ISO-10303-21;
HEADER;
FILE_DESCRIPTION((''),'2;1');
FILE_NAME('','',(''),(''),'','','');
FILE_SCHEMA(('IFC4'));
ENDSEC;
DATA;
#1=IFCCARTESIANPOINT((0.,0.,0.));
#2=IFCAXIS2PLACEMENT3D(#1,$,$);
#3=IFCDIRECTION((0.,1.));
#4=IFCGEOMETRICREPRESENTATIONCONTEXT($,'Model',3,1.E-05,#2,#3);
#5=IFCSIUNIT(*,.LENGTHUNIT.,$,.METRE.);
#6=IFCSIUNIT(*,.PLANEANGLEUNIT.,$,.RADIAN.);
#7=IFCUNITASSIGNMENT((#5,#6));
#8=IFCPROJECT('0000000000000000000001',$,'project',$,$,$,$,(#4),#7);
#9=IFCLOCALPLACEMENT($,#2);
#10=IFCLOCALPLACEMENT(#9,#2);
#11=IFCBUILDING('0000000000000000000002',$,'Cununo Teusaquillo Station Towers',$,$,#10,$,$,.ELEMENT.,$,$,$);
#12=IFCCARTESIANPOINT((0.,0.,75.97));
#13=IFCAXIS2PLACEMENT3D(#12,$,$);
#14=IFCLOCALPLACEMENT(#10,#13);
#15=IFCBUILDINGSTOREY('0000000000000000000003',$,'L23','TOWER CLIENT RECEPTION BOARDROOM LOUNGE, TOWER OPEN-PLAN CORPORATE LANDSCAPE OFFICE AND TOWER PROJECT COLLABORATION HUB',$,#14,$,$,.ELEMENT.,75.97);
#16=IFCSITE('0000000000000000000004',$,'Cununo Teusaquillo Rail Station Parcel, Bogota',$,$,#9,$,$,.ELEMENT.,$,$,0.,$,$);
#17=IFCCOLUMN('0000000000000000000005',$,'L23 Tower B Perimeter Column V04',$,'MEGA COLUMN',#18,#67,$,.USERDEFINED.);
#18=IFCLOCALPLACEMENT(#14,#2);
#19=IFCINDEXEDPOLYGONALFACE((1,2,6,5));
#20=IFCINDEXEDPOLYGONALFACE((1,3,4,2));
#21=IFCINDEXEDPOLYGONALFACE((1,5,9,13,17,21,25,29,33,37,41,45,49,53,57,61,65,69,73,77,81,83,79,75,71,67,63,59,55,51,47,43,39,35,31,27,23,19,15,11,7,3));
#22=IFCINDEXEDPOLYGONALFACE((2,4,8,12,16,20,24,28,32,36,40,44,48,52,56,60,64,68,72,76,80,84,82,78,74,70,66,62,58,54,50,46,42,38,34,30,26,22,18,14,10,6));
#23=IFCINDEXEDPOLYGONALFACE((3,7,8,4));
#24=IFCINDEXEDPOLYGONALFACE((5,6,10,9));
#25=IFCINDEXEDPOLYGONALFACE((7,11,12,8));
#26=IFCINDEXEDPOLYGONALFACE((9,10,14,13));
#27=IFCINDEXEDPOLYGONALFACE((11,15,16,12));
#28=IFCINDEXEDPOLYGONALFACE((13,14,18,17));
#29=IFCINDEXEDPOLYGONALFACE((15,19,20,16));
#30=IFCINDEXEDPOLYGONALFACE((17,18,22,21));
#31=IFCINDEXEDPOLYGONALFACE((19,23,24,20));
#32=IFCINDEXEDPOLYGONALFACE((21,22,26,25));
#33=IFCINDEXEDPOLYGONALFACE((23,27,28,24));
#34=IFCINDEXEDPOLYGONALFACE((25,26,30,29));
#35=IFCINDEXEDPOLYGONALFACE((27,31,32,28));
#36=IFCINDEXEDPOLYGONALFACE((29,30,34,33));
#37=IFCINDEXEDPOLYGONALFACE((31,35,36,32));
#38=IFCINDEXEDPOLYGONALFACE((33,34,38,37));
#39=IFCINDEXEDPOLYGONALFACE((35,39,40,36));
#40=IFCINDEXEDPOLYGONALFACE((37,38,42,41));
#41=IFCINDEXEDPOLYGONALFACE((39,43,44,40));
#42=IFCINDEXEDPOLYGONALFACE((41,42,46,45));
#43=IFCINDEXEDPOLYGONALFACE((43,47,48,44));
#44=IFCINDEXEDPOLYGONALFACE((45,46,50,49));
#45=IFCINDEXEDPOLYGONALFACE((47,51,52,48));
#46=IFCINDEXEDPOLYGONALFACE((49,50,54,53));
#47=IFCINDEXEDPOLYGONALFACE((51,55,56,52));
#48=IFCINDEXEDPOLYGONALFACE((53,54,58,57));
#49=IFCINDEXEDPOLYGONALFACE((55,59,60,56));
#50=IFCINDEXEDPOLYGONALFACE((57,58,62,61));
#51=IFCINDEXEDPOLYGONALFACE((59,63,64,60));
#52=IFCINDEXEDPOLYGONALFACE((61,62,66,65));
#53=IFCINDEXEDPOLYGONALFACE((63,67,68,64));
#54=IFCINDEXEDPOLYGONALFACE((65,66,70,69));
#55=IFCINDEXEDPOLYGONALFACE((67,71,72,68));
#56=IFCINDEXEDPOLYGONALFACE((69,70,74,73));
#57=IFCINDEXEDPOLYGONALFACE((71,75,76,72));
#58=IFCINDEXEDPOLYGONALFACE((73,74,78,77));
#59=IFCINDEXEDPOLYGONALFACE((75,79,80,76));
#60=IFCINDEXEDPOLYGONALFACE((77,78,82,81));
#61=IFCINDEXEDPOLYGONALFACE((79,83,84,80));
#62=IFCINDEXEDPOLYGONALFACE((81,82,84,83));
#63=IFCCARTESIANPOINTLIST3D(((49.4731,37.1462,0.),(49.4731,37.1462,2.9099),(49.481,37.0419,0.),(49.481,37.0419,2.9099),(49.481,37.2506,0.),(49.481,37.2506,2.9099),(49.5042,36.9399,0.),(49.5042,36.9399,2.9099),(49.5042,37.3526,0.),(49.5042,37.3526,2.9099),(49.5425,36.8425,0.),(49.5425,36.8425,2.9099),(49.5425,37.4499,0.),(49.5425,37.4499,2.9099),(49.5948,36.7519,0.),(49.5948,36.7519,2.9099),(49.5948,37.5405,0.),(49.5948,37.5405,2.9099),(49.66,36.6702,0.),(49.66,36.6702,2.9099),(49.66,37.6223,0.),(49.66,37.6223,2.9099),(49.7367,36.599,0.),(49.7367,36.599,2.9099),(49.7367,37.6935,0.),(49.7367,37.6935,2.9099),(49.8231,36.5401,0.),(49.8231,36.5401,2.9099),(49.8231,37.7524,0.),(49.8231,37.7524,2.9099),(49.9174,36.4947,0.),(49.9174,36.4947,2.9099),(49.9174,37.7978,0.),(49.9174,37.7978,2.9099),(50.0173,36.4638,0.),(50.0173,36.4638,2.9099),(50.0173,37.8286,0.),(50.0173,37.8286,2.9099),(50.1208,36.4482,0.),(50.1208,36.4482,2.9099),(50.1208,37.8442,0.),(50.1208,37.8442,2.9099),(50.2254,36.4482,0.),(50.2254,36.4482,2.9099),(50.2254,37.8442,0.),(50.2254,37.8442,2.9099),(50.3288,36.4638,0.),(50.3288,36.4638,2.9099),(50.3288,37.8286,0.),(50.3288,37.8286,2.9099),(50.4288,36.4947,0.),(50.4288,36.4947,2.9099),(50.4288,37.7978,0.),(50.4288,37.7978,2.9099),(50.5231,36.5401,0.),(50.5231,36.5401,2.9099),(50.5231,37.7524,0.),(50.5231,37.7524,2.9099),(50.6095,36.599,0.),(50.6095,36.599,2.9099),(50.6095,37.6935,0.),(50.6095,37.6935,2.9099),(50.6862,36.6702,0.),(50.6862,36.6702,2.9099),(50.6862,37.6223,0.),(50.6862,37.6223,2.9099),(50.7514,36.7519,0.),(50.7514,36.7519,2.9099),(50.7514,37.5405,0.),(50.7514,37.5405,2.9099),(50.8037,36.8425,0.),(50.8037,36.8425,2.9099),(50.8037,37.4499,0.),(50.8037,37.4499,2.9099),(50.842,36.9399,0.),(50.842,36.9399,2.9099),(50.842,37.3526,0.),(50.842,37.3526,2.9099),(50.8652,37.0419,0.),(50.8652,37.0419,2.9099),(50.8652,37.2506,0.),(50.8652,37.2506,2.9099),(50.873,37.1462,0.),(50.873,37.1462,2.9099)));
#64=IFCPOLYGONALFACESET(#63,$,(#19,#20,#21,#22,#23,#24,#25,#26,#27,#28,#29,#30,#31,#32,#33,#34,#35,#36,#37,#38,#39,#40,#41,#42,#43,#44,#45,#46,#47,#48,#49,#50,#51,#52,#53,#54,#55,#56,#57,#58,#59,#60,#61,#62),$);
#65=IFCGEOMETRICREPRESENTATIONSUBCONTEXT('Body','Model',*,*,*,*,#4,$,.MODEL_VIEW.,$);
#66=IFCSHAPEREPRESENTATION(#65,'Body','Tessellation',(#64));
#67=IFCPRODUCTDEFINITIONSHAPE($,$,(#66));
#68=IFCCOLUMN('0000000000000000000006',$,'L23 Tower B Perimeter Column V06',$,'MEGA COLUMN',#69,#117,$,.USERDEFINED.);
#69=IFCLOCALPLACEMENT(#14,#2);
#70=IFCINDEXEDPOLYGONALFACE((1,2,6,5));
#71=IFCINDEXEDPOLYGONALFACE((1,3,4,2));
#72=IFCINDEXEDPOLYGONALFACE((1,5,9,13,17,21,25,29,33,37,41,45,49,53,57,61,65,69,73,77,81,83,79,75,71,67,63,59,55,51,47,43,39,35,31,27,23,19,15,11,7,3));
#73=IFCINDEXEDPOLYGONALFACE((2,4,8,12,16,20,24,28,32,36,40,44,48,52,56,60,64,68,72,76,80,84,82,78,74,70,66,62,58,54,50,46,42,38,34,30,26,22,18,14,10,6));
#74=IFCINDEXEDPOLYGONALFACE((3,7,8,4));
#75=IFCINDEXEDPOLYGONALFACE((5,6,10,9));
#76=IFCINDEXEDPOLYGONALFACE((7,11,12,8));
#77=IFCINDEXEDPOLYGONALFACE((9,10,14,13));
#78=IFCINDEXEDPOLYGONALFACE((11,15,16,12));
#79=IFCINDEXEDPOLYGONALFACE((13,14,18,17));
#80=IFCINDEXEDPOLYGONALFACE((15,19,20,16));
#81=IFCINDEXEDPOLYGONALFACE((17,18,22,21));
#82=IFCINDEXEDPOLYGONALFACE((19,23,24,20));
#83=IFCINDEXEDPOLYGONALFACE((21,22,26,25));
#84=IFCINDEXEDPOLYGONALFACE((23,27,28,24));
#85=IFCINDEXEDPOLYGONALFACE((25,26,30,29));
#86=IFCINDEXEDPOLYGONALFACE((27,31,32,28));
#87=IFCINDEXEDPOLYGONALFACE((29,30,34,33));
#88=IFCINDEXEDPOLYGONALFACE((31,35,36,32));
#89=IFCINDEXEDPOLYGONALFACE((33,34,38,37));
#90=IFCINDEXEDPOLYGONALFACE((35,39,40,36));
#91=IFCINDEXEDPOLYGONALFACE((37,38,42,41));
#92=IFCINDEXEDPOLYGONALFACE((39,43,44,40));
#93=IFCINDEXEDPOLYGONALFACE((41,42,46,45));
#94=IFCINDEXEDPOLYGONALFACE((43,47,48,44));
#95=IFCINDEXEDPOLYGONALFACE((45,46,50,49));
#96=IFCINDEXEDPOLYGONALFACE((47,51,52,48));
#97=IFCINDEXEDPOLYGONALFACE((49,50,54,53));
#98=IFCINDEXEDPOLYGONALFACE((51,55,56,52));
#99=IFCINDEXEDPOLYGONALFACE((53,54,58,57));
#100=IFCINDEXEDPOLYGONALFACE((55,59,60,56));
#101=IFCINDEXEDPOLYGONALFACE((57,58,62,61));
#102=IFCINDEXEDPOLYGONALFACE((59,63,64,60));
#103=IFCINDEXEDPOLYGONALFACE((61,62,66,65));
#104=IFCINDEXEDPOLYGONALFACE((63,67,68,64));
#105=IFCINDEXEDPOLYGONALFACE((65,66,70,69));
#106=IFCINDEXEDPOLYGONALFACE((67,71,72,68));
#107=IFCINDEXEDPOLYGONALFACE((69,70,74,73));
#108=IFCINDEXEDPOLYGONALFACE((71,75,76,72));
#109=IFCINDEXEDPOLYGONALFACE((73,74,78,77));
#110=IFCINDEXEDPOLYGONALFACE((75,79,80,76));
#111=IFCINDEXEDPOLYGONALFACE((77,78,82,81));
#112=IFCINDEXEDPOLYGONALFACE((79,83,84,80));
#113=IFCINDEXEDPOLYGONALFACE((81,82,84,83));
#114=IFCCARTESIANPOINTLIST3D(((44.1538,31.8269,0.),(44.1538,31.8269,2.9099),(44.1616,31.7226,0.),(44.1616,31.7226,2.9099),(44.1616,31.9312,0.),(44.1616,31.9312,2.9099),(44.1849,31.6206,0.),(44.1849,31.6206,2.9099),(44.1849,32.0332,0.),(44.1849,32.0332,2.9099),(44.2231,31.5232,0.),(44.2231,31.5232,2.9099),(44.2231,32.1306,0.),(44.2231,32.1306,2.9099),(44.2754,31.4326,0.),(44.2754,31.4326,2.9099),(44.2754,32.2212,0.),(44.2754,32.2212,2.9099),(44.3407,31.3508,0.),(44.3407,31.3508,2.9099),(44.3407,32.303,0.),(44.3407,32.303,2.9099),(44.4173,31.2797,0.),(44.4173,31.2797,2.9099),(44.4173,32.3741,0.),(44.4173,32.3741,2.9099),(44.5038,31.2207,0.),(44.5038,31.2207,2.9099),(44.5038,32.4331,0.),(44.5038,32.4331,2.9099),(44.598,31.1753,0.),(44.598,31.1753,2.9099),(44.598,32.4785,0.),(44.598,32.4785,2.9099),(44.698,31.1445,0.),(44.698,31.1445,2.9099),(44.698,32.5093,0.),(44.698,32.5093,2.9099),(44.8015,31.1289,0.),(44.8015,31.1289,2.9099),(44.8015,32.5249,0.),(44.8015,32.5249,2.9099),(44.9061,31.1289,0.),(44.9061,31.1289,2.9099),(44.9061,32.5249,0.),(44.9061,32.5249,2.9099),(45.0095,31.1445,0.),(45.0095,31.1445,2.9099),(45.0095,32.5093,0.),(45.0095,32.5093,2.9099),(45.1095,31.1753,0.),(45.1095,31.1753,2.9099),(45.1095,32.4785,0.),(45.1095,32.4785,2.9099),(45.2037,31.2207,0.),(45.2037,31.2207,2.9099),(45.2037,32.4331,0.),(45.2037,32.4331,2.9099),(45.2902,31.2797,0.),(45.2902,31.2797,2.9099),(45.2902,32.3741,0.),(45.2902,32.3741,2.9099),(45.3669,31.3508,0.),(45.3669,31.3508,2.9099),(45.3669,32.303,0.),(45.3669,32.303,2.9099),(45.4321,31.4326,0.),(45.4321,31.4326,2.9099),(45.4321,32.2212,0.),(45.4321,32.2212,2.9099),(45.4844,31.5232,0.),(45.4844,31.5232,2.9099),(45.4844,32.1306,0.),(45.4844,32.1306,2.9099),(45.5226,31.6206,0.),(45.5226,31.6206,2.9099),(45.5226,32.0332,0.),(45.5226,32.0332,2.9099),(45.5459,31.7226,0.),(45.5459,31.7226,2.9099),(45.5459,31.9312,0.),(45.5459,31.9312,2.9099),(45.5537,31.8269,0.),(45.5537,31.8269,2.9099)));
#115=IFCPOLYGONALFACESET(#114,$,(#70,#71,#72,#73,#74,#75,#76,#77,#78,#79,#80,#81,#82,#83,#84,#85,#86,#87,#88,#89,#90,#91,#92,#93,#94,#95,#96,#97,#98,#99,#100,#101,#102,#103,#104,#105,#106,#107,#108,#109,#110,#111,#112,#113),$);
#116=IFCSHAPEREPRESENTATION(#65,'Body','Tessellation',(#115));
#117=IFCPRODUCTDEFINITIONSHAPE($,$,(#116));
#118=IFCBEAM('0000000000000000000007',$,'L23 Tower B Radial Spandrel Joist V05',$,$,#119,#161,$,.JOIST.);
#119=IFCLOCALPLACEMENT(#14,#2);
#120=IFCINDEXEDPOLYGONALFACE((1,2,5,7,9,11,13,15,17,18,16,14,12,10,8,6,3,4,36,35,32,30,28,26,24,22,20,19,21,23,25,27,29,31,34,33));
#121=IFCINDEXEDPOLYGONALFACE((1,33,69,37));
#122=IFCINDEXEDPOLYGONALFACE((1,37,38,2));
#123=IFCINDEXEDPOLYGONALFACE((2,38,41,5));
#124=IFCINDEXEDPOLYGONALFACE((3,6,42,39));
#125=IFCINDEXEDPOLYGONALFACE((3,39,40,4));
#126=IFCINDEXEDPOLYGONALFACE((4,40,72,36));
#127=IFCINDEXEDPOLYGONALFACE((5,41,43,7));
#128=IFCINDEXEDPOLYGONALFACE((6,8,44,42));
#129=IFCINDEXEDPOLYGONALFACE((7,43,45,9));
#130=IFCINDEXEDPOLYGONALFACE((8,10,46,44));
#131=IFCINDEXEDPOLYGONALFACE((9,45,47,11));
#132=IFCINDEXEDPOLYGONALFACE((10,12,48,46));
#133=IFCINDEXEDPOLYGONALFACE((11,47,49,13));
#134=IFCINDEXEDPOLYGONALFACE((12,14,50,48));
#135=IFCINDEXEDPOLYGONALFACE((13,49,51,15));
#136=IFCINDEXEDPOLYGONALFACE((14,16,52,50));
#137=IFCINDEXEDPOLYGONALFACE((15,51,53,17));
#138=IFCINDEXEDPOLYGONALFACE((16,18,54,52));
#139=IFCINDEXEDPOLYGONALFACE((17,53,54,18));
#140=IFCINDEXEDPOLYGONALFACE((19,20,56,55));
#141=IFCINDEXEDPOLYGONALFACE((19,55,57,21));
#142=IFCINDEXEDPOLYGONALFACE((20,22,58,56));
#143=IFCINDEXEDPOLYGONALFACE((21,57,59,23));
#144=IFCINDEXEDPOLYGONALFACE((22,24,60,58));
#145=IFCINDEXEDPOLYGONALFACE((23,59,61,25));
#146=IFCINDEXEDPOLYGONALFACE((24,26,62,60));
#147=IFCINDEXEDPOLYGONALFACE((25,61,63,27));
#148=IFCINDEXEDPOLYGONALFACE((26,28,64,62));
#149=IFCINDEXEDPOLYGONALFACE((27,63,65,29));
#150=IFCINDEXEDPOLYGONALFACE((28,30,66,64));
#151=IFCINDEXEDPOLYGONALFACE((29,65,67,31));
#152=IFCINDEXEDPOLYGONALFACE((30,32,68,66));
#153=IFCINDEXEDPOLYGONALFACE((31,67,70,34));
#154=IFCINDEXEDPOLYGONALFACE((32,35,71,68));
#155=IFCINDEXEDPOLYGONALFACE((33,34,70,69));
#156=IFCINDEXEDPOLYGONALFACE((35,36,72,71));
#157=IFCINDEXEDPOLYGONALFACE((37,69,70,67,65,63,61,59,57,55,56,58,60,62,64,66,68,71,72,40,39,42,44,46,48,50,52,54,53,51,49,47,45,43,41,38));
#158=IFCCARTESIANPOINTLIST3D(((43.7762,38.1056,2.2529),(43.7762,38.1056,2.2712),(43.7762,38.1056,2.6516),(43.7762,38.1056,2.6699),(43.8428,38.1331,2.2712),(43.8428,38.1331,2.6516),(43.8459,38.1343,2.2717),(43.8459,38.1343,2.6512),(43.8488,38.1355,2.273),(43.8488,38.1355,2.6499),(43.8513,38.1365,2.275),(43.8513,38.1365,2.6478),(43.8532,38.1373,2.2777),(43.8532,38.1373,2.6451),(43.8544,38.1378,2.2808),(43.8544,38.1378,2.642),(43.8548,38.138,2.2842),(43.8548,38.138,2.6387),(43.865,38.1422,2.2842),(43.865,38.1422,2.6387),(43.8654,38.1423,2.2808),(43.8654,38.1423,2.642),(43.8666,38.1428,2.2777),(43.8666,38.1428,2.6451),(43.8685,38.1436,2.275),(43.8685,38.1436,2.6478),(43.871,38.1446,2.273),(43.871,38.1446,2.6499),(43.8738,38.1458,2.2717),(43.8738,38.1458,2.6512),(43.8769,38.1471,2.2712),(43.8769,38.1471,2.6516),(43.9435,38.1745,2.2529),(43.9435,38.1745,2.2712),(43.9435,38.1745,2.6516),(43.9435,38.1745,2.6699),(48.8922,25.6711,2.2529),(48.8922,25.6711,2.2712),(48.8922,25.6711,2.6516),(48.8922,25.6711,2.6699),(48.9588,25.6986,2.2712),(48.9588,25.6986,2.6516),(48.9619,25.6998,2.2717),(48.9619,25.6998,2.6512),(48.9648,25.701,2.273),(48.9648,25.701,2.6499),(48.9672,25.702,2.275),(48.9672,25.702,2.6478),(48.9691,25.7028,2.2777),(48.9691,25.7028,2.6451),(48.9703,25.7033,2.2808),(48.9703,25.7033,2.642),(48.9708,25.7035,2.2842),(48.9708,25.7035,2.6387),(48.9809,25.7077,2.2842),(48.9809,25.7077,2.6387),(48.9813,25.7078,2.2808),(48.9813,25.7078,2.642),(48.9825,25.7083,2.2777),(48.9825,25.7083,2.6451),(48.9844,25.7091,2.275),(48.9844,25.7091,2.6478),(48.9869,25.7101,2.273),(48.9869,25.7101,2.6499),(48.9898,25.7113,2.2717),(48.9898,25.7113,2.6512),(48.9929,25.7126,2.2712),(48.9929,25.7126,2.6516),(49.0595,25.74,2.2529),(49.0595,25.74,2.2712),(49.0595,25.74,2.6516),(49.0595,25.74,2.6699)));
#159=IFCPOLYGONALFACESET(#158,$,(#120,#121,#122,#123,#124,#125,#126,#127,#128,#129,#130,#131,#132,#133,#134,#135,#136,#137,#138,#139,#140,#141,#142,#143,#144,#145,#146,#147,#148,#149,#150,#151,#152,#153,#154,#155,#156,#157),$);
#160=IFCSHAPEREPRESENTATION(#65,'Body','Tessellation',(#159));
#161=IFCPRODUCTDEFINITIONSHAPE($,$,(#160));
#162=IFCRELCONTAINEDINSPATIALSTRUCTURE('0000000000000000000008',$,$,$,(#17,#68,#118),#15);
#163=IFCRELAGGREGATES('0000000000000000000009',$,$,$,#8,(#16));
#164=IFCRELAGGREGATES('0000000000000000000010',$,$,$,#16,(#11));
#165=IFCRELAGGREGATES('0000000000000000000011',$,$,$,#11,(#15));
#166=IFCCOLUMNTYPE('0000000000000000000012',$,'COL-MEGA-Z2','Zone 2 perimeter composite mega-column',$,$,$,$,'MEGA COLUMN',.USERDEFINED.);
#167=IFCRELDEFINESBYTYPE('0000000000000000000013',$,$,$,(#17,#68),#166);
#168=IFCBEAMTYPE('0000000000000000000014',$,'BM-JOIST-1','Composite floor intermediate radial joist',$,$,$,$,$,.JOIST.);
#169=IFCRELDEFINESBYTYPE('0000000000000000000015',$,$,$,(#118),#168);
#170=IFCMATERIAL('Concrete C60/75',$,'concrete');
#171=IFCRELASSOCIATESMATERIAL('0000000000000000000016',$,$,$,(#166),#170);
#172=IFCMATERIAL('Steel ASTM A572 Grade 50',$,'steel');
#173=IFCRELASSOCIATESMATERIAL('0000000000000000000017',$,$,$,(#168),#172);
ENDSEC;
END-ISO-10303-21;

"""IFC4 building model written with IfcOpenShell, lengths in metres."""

from ifc_helpers import new_model, si_unit, direction, frame, origin, origin_2d, place, context, subcontext, project, spatial, circle, i_section, extrude, material, material_profile, profile_set, type_object, element, save


model = new_model("IFC4")

# Units and contexts
model_context = context("Model", 3, precision=1e-05, world=origin(), true_north=direction((0.0, 1.0)))
body_context = subcontext(model_context, "Body", "Model", "MODEL_VIEW")
ifc_project = project(units=[si_unit("LENGTHUNIT", "METRE"), si_unit("PLANEANGLEUNIT", "RADIAN")], contexts=[model_context])

# Site, building, storey
site_placement = place(None, origin())
site = spatial("IfcSite", under=ifc_project, at=site_placement, Name="Cununo Teusaquillo Rail Station Parcel, Bogota", CompositionType="ELEMENT", RefElevation=0.0)
building_placement = place(site_placement, origin())
building = spatial("IfcBuilding", under=site, at=building_placement, Name="Cununo Teusaquillo Station Towers", CompositionType="ELEMENT")
storey_placement = place(building_placement, frame((0.0, 0.0, 75.97)))
storey = spatial("IfcBuildingStorey", under=building, at=storey_placement, Name="L23", Description="TOWER CLIENT RECEPTION BOARDROOM LOUNGE, TOWER OPEN-PLAN CORPORATE LANDSCAPE OFFICE AND TOWER PROJECT COLLABORATION HUB", CompositionType="ELEMENT", Elevation=75.97)

# Columns
ifc_material_1 = material(Name="Concrete C60/75", Category="concrete")
ifc_material_profile_1 = material_profile(ifc_material_1, circle(Radius=0.7, at=origin_2d()), Name="RC-CIRC-1400")
ifc_profile_set_1 = profile_set([ifc_material_profile_1], Name="Concrete C60/75")
column_type = type_object("IfcColumnType", Name="COL-MEGA-Z2", Description="Zone 2 perimeter composite mega-column", ElementType="MEGA COLUMN", PredefinedType="USERDEFINED", material=ifc_profile_set_1)
for number, where, z_axis, x_axis, name in (
    (1, (50.1731, 37.1462, 0.0), (0.0, 0.0, 1.0), (1.0, 0.0, 0.0), "L23 Tower B Perimeter Column V04"),
    (2, (44.8538, 31.8269, 0.0), (0.0, 0.0, 1.0), (1.0, 0.0, 0.0), "L23 Tower B Perimeter Column V06"),
):
    element("IfcColumn", number, at=place(storey_placement, frame(where, z_axis=z_axis, x_axis=x_axis)), inside=storey, type_object=column_type, Name=name, ObjectType="MEGA COLUMN", PredefinedType="USERDEFINED", context=body_context, shape_type="SweptSolid", body=[
        extrude(circle(Radius=0.7, at=origin_2d()), origin(), (0.0, 0.0, 1.0), 2.9099),
    ])

# Beam
ifc_material_2 = material(Name="Steel ASTM A572 Grade 50", Category="steel")
ifc_material_profile_2 = material_profile(ifc_material_2, i_section(OverallWidth=0.1809, OverallDepth=0.417, WebThickness=0.011, FlangeThickness=0.0183, FilletRadius=0.0129, at=origin_2d()), Name="W16X57")
ifc_profile_set_2 = profile_set([ifc_material_profile_2], Name="Steel ASTM A572 Grade 50")
beam_type_1 = type_object("IfcBeamType", Name="BM-JOIST-1", Description="Composite floor intermediate radial joist", PredefinedType="JOIST", material=ifc_profile_set_2)
beam_1_placement = place(storey_placement, frame((48.9758, 25.7056, 2.4614), z_axis=(-0.380486, 0.924787, 0.0), x_axis=(-0.924787, -0.380486, 0.0)))
element("IfcBeam", 3, at=beam_1_placement, inside=storey, type_object=beam_type_1, Name="L23 Tower B Radial Spandrel Joist V05", PredefinedType="JOIST", context=body_context, shape_type="SweptSolid", body=[
    extrude(i_section(OverallWidth=0.1809, OverallDepth=0.417, WebThickness=0.011, FlangeThickness=0.0183, FilletRadius=0.0129, at=origin_2d()), origin(), (0.0, 0.0, 1.0), 13.4458),
])

save(model, "model.ifc")
